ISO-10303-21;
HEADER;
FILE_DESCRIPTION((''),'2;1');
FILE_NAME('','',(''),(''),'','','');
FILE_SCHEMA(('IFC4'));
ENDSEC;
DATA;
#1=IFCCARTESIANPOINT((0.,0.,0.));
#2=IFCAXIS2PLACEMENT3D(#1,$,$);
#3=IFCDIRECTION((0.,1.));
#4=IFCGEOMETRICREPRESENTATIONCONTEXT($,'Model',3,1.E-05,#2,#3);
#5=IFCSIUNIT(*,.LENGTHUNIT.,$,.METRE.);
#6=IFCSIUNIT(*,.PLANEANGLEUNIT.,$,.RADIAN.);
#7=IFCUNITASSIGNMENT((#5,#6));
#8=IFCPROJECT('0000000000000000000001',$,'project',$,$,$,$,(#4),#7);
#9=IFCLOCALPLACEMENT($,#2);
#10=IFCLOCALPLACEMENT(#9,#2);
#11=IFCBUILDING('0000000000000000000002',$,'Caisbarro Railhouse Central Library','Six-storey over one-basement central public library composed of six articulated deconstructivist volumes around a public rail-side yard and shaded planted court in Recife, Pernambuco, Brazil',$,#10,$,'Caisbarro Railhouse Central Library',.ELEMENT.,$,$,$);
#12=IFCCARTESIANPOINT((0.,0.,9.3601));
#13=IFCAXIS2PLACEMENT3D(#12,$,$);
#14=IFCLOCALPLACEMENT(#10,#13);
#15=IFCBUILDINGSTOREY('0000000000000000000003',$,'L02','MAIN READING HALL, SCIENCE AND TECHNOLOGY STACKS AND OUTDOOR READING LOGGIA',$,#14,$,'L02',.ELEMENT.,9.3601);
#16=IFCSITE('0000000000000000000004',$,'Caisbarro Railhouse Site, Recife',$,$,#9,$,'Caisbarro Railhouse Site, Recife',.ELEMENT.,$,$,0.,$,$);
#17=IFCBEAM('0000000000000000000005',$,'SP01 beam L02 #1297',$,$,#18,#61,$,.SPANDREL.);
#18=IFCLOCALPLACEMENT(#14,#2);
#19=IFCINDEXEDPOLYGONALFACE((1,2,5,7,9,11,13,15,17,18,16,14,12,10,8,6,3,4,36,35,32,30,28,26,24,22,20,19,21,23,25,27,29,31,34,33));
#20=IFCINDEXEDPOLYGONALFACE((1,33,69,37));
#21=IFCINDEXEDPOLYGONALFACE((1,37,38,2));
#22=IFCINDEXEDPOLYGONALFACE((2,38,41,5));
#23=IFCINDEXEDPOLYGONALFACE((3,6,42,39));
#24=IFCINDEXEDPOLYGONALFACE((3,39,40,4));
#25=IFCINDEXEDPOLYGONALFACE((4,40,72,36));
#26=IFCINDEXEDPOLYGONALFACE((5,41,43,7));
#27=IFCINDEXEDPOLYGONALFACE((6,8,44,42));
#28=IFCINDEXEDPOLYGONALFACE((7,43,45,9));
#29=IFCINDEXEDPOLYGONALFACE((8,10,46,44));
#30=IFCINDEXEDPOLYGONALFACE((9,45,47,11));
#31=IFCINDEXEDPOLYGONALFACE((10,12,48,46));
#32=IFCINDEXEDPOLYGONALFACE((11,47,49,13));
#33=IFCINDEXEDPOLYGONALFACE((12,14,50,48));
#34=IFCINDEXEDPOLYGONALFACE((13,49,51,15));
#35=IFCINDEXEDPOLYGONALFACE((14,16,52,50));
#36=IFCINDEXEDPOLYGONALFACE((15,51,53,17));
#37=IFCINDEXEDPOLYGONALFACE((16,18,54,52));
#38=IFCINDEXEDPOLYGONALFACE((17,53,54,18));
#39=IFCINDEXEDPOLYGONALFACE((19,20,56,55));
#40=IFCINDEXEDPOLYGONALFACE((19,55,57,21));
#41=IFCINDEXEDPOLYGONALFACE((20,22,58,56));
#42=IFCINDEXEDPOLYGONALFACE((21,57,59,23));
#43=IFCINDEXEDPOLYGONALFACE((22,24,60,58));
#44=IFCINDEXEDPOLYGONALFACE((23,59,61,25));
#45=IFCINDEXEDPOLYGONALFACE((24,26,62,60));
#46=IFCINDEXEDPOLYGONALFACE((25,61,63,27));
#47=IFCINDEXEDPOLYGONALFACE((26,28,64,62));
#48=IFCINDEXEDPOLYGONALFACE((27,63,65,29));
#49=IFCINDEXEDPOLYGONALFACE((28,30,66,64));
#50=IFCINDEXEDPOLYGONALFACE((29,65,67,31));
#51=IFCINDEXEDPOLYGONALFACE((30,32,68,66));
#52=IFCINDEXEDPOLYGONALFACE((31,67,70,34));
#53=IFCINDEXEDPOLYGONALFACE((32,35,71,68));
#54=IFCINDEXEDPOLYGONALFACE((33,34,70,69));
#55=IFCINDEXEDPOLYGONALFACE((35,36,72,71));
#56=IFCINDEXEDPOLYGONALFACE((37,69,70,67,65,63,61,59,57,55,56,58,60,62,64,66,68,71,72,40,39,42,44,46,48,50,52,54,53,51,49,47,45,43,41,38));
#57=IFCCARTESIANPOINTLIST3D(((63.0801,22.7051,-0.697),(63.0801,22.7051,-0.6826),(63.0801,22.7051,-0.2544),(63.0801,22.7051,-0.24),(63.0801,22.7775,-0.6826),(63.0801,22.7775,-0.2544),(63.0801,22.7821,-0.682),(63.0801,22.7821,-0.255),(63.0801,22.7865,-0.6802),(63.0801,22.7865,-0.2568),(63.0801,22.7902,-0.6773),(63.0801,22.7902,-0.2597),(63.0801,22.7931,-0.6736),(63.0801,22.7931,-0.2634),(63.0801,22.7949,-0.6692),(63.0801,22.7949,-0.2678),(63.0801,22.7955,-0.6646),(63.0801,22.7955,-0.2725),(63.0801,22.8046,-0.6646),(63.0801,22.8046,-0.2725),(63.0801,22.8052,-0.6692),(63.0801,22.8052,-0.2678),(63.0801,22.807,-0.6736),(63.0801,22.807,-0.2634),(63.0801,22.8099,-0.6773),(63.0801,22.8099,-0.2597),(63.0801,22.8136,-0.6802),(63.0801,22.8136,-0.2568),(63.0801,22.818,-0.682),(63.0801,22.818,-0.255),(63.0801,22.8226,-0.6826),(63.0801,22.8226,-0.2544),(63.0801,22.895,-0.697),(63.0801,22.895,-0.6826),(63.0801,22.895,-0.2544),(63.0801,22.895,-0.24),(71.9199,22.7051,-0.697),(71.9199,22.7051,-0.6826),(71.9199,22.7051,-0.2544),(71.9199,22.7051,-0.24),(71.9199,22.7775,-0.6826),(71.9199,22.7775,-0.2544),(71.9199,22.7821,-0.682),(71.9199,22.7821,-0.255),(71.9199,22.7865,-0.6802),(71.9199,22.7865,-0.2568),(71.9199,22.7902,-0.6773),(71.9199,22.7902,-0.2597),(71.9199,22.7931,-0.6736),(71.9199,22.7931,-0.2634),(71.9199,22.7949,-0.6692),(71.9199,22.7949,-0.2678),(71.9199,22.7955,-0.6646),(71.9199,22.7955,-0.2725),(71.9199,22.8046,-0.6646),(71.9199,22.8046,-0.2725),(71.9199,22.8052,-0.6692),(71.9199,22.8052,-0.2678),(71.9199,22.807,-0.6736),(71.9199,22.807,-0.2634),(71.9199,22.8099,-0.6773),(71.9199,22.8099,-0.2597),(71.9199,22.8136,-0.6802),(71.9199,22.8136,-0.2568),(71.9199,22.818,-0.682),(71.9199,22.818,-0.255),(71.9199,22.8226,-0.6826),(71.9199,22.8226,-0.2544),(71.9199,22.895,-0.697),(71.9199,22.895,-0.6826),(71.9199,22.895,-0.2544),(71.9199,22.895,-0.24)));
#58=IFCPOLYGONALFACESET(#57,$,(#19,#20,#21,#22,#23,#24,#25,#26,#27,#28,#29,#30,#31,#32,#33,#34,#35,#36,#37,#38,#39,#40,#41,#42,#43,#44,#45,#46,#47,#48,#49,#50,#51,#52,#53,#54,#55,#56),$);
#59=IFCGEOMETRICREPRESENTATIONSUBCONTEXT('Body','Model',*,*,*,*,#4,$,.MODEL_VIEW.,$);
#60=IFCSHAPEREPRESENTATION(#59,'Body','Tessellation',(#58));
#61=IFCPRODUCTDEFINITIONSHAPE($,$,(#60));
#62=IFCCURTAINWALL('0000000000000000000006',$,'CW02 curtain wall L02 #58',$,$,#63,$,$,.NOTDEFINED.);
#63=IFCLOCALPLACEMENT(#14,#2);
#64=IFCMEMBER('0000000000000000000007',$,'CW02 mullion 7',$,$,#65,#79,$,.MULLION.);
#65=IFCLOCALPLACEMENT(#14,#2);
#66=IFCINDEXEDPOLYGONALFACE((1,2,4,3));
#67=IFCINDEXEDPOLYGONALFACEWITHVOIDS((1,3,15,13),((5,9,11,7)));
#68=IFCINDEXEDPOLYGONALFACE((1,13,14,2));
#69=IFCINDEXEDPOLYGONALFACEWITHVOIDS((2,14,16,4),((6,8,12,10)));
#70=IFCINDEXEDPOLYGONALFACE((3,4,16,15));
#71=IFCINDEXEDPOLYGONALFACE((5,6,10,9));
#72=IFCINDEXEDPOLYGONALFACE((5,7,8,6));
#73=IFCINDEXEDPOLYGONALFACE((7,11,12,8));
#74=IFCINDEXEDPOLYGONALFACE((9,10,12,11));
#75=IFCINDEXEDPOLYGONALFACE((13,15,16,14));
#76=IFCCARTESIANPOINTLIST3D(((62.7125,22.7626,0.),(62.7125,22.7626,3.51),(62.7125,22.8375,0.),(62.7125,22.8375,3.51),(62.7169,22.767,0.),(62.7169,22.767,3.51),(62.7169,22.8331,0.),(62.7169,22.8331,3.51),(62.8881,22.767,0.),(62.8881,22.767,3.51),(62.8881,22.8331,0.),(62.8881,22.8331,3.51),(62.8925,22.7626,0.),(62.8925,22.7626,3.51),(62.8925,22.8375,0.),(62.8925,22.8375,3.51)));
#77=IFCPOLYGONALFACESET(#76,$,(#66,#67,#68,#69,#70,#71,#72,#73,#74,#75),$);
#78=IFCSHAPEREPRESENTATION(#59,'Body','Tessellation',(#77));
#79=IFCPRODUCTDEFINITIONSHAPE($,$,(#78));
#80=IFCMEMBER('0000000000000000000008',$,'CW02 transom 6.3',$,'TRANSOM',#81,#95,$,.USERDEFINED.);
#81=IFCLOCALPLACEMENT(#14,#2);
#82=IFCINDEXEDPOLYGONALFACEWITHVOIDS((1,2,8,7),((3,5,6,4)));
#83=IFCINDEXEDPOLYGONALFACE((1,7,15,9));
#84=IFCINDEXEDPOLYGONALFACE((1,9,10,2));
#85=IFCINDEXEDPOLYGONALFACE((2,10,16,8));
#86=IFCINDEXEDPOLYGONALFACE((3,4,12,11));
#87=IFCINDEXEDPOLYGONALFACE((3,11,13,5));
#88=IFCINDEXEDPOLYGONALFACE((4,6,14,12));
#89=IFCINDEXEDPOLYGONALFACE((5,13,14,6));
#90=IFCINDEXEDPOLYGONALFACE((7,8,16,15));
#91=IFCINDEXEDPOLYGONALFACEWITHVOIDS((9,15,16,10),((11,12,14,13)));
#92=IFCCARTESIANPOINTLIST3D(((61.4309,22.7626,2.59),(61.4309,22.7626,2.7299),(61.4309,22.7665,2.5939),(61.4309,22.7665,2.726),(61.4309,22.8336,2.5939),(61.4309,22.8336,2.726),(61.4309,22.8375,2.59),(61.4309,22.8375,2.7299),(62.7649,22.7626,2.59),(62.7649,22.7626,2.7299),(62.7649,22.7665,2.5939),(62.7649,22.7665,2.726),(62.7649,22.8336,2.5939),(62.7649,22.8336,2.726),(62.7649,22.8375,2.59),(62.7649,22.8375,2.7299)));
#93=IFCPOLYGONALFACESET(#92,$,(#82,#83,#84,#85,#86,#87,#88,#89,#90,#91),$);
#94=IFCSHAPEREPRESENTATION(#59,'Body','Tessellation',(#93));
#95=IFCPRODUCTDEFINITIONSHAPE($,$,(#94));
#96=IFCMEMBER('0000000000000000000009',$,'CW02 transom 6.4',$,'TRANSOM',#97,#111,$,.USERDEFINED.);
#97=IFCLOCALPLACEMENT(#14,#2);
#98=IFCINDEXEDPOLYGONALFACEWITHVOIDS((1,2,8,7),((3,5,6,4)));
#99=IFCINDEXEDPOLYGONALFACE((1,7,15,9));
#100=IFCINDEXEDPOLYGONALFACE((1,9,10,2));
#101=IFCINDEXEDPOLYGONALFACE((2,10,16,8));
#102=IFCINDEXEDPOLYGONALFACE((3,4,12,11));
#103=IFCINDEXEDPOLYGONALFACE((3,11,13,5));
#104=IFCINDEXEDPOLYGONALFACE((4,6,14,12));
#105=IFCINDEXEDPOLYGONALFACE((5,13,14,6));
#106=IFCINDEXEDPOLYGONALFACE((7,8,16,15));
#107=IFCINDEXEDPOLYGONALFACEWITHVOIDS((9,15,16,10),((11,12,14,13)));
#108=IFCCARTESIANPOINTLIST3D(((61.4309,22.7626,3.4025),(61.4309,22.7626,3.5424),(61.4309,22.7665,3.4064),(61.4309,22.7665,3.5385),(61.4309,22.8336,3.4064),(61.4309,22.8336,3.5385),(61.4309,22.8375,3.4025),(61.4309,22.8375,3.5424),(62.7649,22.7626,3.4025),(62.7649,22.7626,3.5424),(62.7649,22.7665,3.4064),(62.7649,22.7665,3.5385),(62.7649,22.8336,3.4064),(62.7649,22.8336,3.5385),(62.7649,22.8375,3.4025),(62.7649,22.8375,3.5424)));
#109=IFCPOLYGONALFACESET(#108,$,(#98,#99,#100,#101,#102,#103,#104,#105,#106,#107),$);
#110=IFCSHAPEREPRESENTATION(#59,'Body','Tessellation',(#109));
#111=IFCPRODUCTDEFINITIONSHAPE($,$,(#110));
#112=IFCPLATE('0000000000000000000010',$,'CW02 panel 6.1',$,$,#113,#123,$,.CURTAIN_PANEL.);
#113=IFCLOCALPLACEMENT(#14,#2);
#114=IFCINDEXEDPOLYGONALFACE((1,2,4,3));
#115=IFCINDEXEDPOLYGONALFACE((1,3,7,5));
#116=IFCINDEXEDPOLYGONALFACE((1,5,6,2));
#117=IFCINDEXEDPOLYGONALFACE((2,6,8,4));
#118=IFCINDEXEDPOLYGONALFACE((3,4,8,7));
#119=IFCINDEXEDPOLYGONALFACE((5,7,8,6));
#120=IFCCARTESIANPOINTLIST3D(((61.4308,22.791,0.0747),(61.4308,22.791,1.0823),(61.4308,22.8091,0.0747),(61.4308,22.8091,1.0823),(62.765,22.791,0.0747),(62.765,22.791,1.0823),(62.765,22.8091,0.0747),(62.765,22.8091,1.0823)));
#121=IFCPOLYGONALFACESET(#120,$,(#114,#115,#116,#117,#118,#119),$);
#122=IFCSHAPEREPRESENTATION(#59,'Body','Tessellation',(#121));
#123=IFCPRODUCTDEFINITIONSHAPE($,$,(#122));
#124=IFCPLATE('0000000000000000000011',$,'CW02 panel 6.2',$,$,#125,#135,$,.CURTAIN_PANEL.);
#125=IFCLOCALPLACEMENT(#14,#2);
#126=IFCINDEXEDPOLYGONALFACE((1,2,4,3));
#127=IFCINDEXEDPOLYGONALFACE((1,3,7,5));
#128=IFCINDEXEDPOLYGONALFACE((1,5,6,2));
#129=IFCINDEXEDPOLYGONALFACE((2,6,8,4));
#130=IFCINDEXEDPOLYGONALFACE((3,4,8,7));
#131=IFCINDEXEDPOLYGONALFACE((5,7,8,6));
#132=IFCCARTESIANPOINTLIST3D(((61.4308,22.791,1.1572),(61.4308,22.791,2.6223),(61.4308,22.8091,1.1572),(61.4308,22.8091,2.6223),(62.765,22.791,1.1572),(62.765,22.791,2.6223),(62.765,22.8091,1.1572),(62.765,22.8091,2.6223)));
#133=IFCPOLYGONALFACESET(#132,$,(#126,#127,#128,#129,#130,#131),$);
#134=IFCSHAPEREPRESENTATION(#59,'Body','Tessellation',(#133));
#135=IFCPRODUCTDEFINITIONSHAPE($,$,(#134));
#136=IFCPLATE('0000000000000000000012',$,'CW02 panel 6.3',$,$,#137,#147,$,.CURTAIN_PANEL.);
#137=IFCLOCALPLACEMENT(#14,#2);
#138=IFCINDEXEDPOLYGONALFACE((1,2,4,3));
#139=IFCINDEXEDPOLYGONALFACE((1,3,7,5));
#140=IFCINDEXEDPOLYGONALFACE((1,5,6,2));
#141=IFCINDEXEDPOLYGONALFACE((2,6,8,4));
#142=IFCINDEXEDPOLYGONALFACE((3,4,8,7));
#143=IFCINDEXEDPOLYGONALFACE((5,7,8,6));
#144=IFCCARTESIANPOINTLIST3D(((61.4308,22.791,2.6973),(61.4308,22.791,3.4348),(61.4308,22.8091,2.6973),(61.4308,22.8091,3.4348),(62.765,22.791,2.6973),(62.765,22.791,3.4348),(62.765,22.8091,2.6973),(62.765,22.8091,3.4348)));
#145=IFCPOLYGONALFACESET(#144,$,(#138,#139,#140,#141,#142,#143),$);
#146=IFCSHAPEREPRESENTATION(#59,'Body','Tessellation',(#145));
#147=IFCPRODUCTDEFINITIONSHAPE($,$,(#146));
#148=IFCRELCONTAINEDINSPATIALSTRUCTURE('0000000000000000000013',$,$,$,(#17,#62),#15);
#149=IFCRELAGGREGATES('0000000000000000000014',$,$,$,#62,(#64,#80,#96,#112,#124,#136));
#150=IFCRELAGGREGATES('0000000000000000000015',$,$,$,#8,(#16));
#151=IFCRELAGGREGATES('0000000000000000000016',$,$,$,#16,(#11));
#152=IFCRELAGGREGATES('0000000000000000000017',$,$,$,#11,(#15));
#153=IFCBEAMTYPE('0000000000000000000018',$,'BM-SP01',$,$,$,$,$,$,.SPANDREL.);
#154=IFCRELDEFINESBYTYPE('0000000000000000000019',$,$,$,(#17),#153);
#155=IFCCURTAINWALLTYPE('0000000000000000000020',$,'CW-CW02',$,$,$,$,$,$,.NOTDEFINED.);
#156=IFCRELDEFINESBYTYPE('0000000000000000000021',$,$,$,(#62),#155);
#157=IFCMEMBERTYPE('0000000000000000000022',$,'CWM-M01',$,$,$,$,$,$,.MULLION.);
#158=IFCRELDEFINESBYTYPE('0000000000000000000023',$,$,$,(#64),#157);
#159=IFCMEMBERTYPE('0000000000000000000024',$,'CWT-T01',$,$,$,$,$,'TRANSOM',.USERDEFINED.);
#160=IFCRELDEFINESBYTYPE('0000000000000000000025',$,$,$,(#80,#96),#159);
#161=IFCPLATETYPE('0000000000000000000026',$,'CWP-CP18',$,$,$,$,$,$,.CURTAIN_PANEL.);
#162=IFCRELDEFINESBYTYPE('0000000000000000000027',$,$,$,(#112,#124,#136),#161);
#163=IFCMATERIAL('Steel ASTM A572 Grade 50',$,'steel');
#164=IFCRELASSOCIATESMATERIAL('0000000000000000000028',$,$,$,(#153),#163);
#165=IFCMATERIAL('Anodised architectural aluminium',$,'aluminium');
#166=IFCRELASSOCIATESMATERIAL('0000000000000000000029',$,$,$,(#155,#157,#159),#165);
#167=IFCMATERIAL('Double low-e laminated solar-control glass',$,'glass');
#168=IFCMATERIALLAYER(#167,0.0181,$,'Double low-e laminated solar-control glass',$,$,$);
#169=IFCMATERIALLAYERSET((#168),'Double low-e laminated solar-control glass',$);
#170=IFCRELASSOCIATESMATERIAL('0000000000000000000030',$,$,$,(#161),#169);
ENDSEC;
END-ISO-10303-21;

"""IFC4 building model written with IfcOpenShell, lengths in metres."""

from ifc_helpers import new_model, si_unit, direction, frame, origin, origin_2d, place, context, subcontext, project, spatial, rectangle, hollow_rectangle, i_section, extrude, material, layer, layer_set, material_profile, profile_set, type_object, element, aggregate, save


model = new_model("IFC4")

# Units and contexts
model_context = context("Model", 3, precision=1e-05, world=origin(), true_north=direction((0.0, 1.0)))
body_context = subcontext(model_context, "Body", "Model", "MODEL_VIEW")
ifc_project = project(units=[si_unit("LENGTHUNIT", "METRE"), si_unit("PLANEANGLEUNIT", "RADIAN")], contexts=[model_context])

# Site, building, storey
site_placement = place(None, origin())
site = spatial("IfcSite", under=ifc_project, at=site_placement, Name="Caisbarro Railhouse Site, Recife", LongName="Caisbarro Railhouse Site, Recife", CompositionType="ELEMENT", RefElevation=0.0)
building_placement = place(site_placement, origin())
building = spatial("IfcBuilding", under=site, at=building_placement, Name="Caisbarro Railhouse Central Library", Description="Six-storey over one-basement central public library composed of six articulated deconstructivist volumes around a public rail-side yard and shaded planted court in Recife, Pernambuco, Brazil", LongName="Caisbarro Railhouse Central Library", CompositionType="ELEMENT")
storey_placement = place(building_placement, frame((0.0, 0.0, 9.3601)))
storey = spatial("IfcBuildingStorey", under=building, at=storey_placement, Name="L02", Description="MAIN READING HALL, SCIENCE AND TECHNOLOGY STACKS AND OUTDOOR READING LOGGIA", LongName="L02", CompositionType="ELEMENT", Elevation=9.3601)

# Shared definitions
ifc_material_1 = material(Name="Steel ASTM A572 Grade 50", Category="steel")

# Beam
ifc_material_profile_1 = material_profile(ifc_material_1, i_section(OverallWidth=0.1899, OverallDepth=0.457, WebThickness=0.009, FlangeThickness=0.0144, FilletRadius=0.0181, at=origin_2d()), Name="W460X74.0")
ifc_profile_set_1 = profile_set([ifc_material_profile_1], Name="Steel ASTM A572 Grade 50")
beam_type_1 = type_object("IfcBeamType", Name="BM-SP01", PredefinedType="SPANDREL", material=ifc_profile_set_1)
beam_1_placement = place(storey_placement, frame((63.0801, 22.8, -0.4685), z_axis=(1.0, 0.0, 0.0), x_axis=(0.0, 1.0, 0.0)))
element("IfcBeam", 1, at=beam_1_placement, inside=storey, type_object=beam_type_1, Name="SP01 beam L02 #1297", PredefinedType="SPANDREL", context=body_context, shape_type="SweptSolid", body=[
    extrude(i_section(OverallWidth=0.1899, OverallDepth=0.457, WebThickness=0.009, FlangeThickness=0.0144, FilletRadius=0.0181, at=origin_2d()), origin(), (0.0, 0.0, 1.0), 8.8398),
])

# Curtain wall, members, plates
ifc_material_2 = material(Name="Anodised architectural aluminium", Category="aluminium")
curtain_wall_type = type_object("IfcCurtainWallType", Name="CW-CW02", PredefinedType="NOTDEFINED", material=ifc_material_2)
curtain_wall_placement = place(storey_placement, origin())
curtain_wall = element("IfcCurtainWall", 2, at=curtain_wall_placement, inside=storey, type_object=curtain_wall_type, Name="CW02 curtain wall L02 #58", PredefinedType="NOTDEFINED")
ifc_material_profile_2 = material_profile(ifc_material_2, hollow_rectangle(XDim=0.075, YDim=0.1799, WallThickness=0.0044, at=origin_2d()), Name="ALU-MUL-75X180")
ifc_profile_set_2 = profile_set([ifc_material_profile_2], Name="Anodised architectural aluminium")
member_type_1 = type_object("IfcMemberType", Name="CWM-M01", PredefinedType="MULLION", material=ifc_profile_set_2)
member_1_placement = place(storey_placement, frame((62.8025, 22.8, 0.0), z_axis=(0.0, 0.0, 1.0), x_axis=(0.0, 1.0, 0.0)))
member_1 = element("IfcMember", 3, at=member_1_placement, type_object=member_type_1, Name="CW02 mullion 7", PredefinedType="MULLION", context=body_context, shape_type="SweptSolid", body=[
    extrude(hollow_rectangle(XDim=0.075, YDim=0.1799, WallThickness=0.0044, at=origin_2d()), origin(), (0.0, 0.0, 1.0), 3.51),
])
ifc_material_profile_3 = material_profile(ifc_material_2, hollow_rectangle(XDim=0.075, YDim=0.1399, WallThickness=0.0039, at=origin_2d()), Name="ALU-TRN-75X140")
ifc_profile_set_3 = profile_set([ifc_material_profile_3], Name="Anodised architectural aluminium")
member_type_2 = type_object("IfcMemberType", Name="CWT-T01", ElementType="TRANSOM", PredefinedType="USERDEFINED", material=ifc_profile_set_3)
member_2_placement = place(storey_placement, frame((61.4309, 22.8, 2.6599), z_axis=(1.0, 0.0, 0.0), x_axis=(0.0, 1.0, 0.0)))
member_2 = element("IfcMember", 4, at=member_2_placement, type_object=member_type_2, Name="CW02 transom 6.3", ObjectType="TRANSOM", PredefinedType="USERDEFINED", context=body_context, shape_type="SweptSolid", body=[
    extrude(hollow_rectangle(XDim=0.075, YDim=0.1399, WallThickness=0.0039, at=origin_2d()), origin(), (0.0, 0.0, 1.0), 1.334),
])
member_3_placement = place(storey_placement, frame((61.4309, 22.8, 3.4724), z_axis=(1.0, 0.0, 0.0), x_axis=(0.0, 1.0, 0.0)))
member_3 = element("IfcMember", 5, at=member_3_placement, type_object=member_type_2, Name="CW02 transom 6.4", ObjectType="TRANSOM", PredefinedType="USERDEFINED", context=body_context, shape_type="SweptSolid", body=[
    extrude(hollow_rectangle(XDim=0.075, YDim=0.1399, WallThickness=0.0039, at=origin_2d()), origin(), (0.0, 0.0, 1.0), 1.334),
])
ifc_material_3 = material(Name="Double low-e laminated solar-control glass", Category="glass")
ifc_layer_1 = layer(ifc_material_3, 0.0181, Name="Double low-e laminated solar-control glass")
ifc_layer_set_1 = layer_set([ifc_layer_1], Name="Double low-e laminated solar-control glass")
plate_type = type_object("IfcPlateType", Name="CWP-CP18", PredefinedType="CURTAIN_PANEL", material=ifc_layer_set_1)
plate_1_placement = place(storey_placement, frame((62.0979, 22.8, 0.0747), z_axis=(0.0, 0.0, 1.0), x_axis=(1.0, 0.0, 0.0)))
plate_1 = element("IfcPlate", 6, at=plate_1_placement, type_object=plate_type, Name="CW02 panel 6.1", PredefinedType="CURTAIN_PANEL", context=body_context, shape_type="SweptSolid", body=[
    extrude(rectangle(XDim=1.3342, YDim=0.0181, at=origin_2d()), origin(), (0.0, 0.0, 1.0), 1.0076),
])
plate_2_placement = place(storey_placement, frame((62.0979, 22.8, 1.1572), z_axis=(0.0, 0.0, 1.0), x_axis=(1.0, 0.0, 0.0)))
plate_2 = element("IfcPlate", 7, at=plate_2_placement, type_object=plate_type, Name="CW02 panel 6.2", PredefinedType="CURTAIN_PANEL", context=body_context, shape_type="SweptSolid", body=[
    extrude(rectangle(XDim=1.3342, YDim=0.0181, at=origin_2d()), origin(), (0.0, 0.0, 1.0), 1.4651),
])
plate_3_placement = place(storey_placement, frame((62.0979, 22.8, 2.6973), z_axis=(0.0, 0.0, 1.0), x_axis=(1.0, 0.0, 0.0)))
plate_3 = element("IfcPlate", 8, at=plate_3_placement, type_object=plate_type, Name="CW02 panel 6.3", PredefinedType="CURTAIN_PANEL", context=body_context, shape_type="SweptSolid", body=[
    extrude(rectangle(XDim=1.3342, YDim=0.0181, at=origin_2d()), origin(), (0.0, 0.0, 1.0), 0.7375),
])
aggregate(curtain_wall, [member_1, member_2, member_3, plate_1, plate_2, plate_3])

save(model, "model.ifc")
